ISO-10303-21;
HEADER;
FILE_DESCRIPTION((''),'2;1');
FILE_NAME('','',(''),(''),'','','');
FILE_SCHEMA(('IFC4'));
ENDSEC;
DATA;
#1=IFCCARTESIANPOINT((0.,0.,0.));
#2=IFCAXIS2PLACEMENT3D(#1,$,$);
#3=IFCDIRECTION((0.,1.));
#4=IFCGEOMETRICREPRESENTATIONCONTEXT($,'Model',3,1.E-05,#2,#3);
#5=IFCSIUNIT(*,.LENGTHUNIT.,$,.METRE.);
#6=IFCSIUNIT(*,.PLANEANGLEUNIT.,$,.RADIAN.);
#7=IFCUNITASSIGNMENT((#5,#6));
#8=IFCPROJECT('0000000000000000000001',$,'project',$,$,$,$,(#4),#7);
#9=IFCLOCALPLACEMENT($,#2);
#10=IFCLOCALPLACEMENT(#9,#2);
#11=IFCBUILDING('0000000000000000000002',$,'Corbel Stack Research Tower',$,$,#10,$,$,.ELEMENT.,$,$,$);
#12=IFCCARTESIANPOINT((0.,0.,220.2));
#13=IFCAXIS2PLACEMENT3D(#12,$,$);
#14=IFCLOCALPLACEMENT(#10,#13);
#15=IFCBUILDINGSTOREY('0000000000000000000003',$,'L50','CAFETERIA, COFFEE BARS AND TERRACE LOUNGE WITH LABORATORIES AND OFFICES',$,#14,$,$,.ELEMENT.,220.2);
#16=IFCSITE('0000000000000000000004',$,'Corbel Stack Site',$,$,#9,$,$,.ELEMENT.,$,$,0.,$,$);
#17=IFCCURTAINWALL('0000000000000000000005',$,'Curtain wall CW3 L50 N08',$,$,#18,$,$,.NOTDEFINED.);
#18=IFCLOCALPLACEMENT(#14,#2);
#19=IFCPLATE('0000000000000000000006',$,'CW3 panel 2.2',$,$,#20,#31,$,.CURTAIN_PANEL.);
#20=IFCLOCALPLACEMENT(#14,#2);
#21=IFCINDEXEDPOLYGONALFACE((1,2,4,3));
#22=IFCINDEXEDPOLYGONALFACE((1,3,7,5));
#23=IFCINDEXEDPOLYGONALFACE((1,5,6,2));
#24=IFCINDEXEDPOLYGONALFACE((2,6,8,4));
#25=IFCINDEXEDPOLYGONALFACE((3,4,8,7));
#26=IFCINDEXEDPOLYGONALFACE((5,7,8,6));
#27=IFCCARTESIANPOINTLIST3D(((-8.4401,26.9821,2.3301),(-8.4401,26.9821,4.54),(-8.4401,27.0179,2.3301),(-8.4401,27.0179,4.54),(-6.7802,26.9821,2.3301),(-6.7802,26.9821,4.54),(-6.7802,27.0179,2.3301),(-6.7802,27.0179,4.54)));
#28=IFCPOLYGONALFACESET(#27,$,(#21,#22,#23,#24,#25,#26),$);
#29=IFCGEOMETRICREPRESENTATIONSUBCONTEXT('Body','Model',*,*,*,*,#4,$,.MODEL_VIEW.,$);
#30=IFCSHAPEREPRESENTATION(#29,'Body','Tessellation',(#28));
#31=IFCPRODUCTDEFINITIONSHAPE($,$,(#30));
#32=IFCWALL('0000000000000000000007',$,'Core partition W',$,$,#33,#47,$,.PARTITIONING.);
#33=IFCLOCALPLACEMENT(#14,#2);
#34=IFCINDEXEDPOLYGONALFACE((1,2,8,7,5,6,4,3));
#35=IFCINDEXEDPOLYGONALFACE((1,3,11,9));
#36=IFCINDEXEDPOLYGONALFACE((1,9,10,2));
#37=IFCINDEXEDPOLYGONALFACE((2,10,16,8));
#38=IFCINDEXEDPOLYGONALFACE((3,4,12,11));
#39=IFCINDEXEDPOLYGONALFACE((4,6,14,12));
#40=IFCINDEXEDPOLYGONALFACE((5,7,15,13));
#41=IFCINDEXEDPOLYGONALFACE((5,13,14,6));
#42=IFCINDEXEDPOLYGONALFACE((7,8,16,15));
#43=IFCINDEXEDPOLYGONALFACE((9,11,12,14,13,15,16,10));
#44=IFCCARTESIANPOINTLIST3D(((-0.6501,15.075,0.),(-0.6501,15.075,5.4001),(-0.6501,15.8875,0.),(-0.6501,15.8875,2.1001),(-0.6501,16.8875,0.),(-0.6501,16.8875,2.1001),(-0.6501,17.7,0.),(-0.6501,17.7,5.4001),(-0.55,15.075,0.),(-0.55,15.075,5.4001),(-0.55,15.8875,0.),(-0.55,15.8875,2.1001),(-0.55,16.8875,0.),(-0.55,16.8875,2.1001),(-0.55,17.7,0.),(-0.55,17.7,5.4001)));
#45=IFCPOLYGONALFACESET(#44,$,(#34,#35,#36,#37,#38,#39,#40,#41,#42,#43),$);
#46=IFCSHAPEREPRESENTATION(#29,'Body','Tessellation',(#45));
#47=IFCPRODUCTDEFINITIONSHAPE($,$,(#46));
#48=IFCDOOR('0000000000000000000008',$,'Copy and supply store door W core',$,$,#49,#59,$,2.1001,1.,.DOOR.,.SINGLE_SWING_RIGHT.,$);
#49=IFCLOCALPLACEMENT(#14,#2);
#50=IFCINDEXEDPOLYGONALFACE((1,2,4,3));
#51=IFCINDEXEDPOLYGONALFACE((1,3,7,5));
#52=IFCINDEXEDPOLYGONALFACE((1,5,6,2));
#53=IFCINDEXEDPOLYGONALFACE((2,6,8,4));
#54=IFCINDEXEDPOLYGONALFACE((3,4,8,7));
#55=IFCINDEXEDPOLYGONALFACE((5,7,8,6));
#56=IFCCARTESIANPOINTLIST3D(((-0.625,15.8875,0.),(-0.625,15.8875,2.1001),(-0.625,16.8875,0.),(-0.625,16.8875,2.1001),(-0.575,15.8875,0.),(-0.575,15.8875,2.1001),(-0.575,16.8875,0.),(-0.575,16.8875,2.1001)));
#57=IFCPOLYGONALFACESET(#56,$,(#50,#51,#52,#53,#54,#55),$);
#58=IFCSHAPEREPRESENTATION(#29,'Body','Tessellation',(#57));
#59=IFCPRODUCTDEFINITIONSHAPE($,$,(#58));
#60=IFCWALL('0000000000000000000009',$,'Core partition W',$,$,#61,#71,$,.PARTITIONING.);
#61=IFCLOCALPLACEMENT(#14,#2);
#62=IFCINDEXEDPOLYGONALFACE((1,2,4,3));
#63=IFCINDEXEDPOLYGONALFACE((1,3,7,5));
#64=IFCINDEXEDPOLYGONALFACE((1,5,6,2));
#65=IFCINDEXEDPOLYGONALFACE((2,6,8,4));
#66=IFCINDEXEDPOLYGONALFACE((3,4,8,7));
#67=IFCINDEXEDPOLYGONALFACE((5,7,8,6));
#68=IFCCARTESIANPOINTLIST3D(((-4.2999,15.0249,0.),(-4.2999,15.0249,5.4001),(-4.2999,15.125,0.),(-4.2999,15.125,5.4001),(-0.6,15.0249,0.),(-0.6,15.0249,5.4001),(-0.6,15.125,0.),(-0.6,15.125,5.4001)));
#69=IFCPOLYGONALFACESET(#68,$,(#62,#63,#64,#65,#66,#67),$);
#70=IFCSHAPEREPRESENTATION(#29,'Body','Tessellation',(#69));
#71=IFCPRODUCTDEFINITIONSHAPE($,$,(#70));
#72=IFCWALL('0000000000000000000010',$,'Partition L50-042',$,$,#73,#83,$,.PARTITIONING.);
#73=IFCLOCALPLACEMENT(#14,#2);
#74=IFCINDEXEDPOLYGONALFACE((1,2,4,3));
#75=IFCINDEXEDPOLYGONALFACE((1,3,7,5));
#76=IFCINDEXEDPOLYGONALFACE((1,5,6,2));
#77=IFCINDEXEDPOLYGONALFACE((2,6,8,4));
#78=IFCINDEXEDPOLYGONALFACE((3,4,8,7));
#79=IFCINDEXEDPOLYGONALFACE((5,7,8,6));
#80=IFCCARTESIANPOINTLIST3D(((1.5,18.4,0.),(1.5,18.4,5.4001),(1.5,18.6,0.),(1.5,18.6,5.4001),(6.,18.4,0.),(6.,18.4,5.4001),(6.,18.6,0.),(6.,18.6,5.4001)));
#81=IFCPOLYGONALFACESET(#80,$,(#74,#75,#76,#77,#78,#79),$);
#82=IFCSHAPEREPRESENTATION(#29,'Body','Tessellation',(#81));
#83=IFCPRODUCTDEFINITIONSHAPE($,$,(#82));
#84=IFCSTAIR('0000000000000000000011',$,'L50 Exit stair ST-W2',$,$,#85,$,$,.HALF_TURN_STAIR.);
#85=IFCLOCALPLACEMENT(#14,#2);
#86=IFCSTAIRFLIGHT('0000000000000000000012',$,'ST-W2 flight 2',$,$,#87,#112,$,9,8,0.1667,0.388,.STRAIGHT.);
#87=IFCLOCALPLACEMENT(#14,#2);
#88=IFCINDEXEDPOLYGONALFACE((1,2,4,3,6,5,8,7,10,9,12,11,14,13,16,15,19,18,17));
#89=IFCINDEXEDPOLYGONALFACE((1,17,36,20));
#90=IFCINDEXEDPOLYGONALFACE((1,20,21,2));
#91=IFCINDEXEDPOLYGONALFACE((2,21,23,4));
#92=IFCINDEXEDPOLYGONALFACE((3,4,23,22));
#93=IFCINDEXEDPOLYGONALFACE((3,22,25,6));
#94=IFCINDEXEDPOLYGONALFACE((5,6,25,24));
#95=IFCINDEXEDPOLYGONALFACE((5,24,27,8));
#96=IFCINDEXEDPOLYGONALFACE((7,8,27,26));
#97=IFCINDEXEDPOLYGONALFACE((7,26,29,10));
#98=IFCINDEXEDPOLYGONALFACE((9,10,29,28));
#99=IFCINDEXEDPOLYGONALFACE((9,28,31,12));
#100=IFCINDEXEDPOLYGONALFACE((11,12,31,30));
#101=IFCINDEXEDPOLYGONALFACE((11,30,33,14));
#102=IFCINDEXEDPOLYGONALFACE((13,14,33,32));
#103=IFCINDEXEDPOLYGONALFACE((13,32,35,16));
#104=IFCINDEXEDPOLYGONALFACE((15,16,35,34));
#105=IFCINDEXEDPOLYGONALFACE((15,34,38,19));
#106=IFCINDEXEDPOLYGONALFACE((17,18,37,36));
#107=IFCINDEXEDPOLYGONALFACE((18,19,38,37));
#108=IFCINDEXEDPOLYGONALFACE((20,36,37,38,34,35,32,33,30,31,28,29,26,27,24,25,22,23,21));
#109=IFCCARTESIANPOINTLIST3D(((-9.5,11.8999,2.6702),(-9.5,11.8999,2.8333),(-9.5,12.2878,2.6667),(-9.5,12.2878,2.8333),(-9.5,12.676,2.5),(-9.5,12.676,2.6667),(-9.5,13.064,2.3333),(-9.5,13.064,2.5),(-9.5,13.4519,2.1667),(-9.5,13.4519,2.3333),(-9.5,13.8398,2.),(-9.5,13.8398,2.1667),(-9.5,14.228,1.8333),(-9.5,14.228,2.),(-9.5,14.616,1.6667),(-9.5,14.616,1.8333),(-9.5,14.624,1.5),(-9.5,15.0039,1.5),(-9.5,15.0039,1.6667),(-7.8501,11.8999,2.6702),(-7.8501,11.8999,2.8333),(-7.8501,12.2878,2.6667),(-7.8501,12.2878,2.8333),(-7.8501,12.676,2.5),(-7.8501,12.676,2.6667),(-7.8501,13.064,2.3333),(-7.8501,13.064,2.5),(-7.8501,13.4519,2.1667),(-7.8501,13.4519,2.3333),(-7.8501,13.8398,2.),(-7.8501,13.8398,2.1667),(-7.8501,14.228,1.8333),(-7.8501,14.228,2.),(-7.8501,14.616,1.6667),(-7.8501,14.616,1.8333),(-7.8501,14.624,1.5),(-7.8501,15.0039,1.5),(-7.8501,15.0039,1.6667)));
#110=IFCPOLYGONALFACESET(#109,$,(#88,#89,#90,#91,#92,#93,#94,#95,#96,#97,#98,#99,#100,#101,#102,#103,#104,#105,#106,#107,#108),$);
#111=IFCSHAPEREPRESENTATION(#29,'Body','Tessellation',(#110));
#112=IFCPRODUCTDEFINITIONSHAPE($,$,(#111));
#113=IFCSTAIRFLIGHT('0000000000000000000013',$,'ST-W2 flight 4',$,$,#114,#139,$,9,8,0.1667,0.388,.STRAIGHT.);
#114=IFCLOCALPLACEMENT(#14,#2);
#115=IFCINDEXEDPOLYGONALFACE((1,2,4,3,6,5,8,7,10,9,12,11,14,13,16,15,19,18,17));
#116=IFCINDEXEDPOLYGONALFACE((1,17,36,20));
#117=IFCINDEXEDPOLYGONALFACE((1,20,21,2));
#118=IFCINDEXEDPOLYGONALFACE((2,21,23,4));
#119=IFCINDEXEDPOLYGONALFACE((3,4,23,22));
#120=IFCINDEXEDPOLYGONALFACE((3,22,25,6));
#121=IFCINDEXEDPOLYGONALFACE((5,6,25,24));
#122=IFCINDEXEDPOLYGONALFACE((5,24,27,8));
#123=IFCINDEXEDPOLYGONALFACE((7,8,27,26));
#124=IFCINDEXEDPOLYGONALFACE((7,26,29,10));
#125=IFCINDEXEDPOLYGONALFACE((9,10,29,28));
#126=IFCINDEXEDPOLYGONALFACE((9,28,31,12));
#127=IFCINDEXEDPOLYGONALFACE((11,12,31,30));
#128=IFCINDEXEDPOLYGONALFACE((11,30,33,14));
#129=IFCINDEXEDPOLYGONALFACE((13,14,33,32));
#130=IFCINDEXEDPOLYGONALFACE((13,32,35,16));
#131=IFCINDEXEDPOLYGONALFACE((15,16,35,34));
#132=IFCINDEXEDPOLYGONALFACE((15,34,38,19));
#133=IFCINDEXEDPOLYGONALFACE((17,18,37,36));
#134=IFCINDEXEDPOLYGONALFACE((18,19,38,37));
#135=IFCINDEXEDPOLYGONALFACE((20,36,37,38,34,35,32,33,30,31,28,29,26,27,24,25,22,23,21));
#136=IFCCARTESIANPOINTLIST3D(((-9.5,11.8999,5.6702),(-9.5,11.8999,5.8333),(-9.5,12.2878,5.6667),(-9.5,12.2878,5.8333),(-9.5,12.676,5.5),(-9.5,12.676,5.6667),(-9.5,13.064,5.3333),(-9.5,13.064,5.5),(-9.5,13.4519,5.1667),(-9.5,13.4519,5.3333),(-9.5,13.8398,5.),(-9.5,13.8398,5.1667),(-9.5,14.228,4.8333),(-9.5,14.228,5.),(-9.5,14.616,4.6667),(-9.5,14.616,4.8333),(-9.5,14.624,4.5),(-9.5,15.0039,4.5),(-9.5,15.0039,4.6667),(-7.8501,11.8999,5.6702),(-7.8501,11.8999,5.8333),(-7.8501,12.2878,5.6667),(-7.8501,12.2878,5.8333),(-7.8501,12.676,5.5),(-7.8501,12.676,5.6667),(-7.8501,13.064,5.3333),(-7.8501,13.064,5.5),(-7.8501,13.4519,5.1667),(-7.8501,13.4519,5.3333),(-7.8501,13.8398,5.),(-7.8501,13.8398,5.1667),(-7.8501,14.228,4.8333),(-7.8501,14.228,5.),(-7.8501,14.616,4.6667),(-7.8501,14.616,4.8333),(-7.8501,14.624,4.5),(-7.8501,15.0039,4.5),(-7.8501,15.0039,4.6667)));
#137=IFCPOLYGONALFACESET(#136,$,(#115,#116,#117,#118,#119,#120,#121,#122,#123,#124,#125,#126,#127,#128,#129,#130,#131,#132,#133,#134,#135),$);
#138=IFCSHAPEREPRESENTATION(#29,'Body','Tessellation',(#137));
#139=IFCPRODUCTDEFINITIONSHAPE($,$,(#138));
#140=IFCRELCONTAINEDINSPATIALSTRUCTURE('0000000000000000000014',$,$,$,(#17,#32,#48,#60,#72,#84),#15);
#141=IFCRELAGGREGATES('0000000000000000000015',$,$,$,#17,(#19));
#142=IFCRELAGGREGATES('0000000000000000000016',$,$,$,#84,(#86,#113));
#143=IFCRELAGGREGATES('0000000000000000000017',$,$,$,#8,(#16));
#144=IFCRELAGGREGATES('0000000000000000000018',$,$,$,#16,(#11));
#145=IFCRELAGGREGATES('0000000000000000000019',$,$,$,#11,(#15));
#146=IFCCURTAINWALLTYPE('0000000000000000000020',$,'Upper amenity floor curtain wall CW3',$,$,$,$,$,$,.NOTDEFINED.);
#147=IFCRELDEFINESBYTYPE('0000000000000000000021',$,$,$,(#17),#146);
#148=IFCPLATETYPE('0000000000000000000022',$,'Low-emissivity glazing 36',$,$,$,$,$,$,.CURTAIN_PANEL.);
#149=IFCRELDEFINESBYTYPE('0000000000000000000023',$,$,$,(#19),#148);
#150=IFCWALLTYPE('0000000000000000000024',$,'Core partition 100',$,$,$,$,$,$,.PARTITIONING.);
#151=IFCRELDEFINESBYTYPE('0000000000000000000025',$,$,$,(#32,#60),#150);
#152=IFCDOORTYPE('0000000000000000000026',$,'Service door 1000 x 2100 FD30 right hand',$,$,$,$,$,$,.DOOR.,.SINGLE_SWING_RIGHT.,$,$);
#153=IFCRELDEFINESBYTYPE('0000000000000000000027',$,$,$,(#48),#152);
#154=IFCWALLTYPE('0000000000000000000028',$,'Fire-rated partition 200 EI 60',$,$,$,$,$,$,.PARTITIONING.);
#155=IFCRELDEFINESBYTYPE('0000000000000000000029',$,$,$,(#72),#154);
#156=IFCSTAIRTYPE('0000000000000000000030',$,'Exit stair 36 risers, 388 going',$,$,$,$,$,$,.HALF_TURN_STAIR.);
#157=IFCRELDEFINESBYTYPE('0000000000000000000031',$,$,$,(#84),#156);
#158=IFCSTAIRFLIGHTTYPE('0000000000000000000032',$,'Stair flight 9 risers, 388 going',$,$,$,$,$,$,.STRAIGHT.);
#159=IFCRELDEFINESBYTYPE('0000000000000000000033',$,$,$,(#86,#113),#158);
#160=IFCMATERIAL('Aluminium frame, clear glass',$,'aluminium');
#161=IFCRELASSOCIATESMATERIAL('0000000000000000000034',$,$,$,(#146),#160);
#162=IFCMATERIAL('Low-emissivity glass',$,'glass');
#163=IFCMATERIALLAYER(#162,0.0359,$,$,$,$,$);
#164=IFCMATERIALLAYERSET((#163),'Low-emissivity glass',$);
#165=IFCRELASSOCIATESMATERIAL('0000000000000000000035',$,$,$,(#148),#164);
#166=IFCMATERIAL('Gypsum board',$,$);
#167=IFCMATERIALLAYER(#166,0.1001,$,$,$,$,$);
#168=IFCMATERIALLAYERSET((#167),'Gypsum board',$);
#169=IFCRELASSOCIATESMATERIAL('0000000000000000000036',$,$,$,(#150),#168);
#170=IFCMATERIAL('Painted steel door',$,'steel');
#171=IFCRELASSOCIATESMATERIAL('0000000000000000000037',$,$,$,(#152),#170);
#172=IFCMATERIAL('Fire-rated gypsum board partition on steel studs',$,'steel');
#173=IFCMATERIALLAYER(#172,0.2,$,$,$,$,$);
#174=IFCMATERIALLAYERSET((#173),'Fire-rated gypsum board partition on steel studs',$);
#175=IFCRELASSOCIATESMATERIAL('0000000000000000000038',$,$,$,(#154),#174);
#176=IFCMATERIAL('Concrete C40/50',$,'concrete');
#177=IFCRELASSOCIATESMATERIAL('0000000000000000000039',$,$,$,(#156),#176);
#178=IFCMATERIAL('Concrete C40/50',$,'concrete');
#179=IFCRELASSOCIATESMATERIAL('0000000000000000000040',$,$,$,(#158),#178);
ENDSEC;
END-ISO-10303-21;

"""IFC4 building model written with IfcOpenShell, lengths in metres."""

from ifc_helpers import new_model, si_unit, direction, frame, frame_2d, origin, origin_2d, place, context, subcontext, project, spatial, polyline, rectangle, outline, extrude, material, layer, layer_set, type_object, element, fill, aggregate, save


model = new_model("IFC4")

# Units and contexts
model_context = context("Model", 3, precision=1e-05, world=origin(), true_north=direction((0.0, 1.0)))
body_context = subcontext(model_context, "Body", "Model", "MODEL_VIEW")
ifc_project = project(units=[si_unit("LENGTHUNIT", "METRE"), si_unit("PLANEANGLEUNIT", "RADIAN")], contexts=[model_context])

# Site, building, storey
site_placement = place(None, origin())
site = spatial("IfcSite", under=ifc_project, at=site_placement, Name="Corbel Stack Site", CompositionType="ELEMENT", RefElevation=0.0)
building_placement = place(site_placement, origin())
building = spatial("IfcBuilding", under=site, at=building_placement, Name="Corbel Stack Research Tower", CompositionType="ELEMENT")
storey_placement = place(building_placement, frame((0.0, 0.0, 220.2)))
storey = spatial("IfcBuildingStorey", under=building, at=storey_placement, Name="L50", Description="CAFETERIA, COFFEE BARS AND TERRACE LOUNGE WITH LABORATORIES AND OFFICES", CompositionType="ELEMENT", Elevation=220.2)

# Curtain wall, plate
ifc_material_1 = material(Name="Aluminium frame, clear glass", Category="aluminium")
curtain_wall_type = type_object("IfcCurtainWallType", Name="Upper amenity floor curtain wall CW3", PredefinedType="NOTDEFINED", material=ifc_material_1)
curtain_wall_placement = place(storey_placement, origin())
curtain_wall = element("IfcCurtainWall", 1, at=curtain_wall_placement, inside=storey, type_object=curtain_wall_type, Name="Curtain wall CW3 L50 N08", PredefinedType="NOTDEFINED")
ifc_material_2 = material(Name="Low-emissivity glass", Category="glass")
ifc_layer_1 = layer(ifc_material_2, 0.0359)
ifc_layer_set_1 = layer_set([ifc_layer_1], Name="Low-emissivity glass")
plate_type = type_object("IfcPlateType", Name="Low-emissivity glazing 36", PredefinedType="CURTAIN_PANEL", material=ifc_layer_set_1)
plate_1_placement = place(storey_placement, frame((-7.6101, 27.0, 2.3301), z_axis=(0.0, 0.0, 1.0), x_axis=(-1.0, 0.0, 0.0)))
plate_1 = element("IfcPlate", 2, at=plate_1_placement, type_object=plate_type, Name="CW3 panel 2.2", PredefinedType="CURTAIN_PANEL", context=body_context, shape_type="SweptSolid", body=[
    extrude(rectangle(XDim=1.6599, YDim=0.0359, at=origin_2d()), origin(), (0.0, 0.0, 1.0), 2.21),
])
aggregate(curtain_wall, [plate_1])

# Wall, opening, door
ifc_material_3 = material(Name="Gypsum board")
ifc_layer_2 = layer(ifc_material_3, 0.1001)
ifc_layer_set_2 = layer_set([ifc_layer_2], Name="Gypsum board")
wall_type_1 = type_object("IfcWallType", Name="Core partition 100", PredefinedType="PARTITIONING", material=ifc_layer_set_2)
wall_1_placement = place(storey_placement, frame((-0.6001, 15.075, 0.0), z_axis=(0.0, 0.0, 1.0), x_axis=(0.0, 1.0, 0.0)))
wall_1 = element("IfcWall", 3, at=wall_1_placement, inside=storey, type_object=wall_type_1, Name="Core partition W", PredefinedType="PARTITIONING", context=body_context, shape_type="SweptSolid", body=[
    extrude(rectangle(XDim=2.625, YDim=0.1001, at=frame_2d((1.3125, 0.0))), origin(), (0.0, 0.0, 1.0), 5.4001),
])
opening_placement = place(wall_1_placement, frame((0.8125, 0.0, 0.0)))
opening = element("IfcOpeningElement", 4, at=opening_placement, cuts=wall_1, PredefinedType="OPENING", context=body_context, shape_type="SweptSolid", body=[
    extrude(rectangle(XDim=1.0, YDim=2.1001, at=frame_2d((0.5, 1.05))), frame((0.0, 0.0601, 0.0), z_axis=(0.0, -1.0, 0.0), x_axis=(1.0, 0.0, 0.0)), (0.0, 0.0, 1.0), 0.1201),
])
ifc_material_4 = material(Name="Painted steel door", Category="steel")
door_type = type_object("IfcDoorType", Name="Service door 1000 x 2100 FD30 right hand", OperationType="SINGLE_SWING_RIGHT", PredefinedType="DOOR", material=ifc_material_4)
door_placement = place(opening_placement, origin())
door = element("IfcDoor", 5, at=door_placement, inside=storey, type_object=door_type, Name="Copy and supply store door W core", OperationType="SINGLE_SWING_RIGHT", OverallHeight=2.1001, OverallWidth=1.0, PredefinedType="DOOR", context=body_context, shape_type="SweptSolid", body=[
    extrude(rectangle(XDim=1.0, YDim=2.1001, at=frame_2d((0.5, 1.05))), frame((0.0, 0.0249, 0.0), z_axis=(0.0, -1.0, 0.0), x_axis=(1.0, 0.0, 0.0)), (0.0, 0.0, 1.0), 0.05),
])
fill(opening, door)

# Walls
wall_2_placement = place(storey_placement, frame((-4.3, 15.075, 0.0), z_axis=(0.0, 0.0, 1.0), x_axis=(1.0, 0.0, 0.0)))
element("IfcWall", 6, at=wall_2_placement, inside=storey, type_object=wall_type_1, Name="Core partition W", PredefinedType="PARTITIONING", context=body_context, shape_type="SweptSolid", body=[
    extrude(rectangle(XDim=3.7, YDim=0.1001, at=frame_2d((1.8501, 0.0))), origin(), (0.0, 0.0, 1.0), 5.4001),
])
ifc_material_5 = material(Name="Fire-rated gypsum board partition on steel studs", Category="steel")
ifc_layer_3 = layer(ifc_material_5, 0.2)
ifc_layer_set_3 = layer_set([ifc_layer_3], Name="Fire-rated gypsum board partition on steel studs")
wall_type_2 = type_object("IfcWallType", Name="Fire-rated partition 200 EI 60", PredefinedType="PARTITIONING", material=ifc_layer_set_3)
wall_3_placement = place(storey_placement, frame((1.5, 18.5, 0.0), z_axis=(0.0, 0.0, 1.0), x_axis=(1.0, 0.0, 0.0)))
element("IfcWall", 7, at=wall_3_placement, inside=storey, type_object=wall_type_2, Name="Partition L50-042", PredefinedType="PARTITIONING", context=body_context, shape_type="SweptSolid", body=[
    extrude(rectangle(XDim=4.5, YDim=0.2, at=frame_2d((2.25, 0.0))), origin(), (0.0, 0.0, 1.0), 5.4001),
])

# Stair, stair flights
ifc_material_6 = material(Name="Concrete C40/50", Category="concrete")
stair_type = type_object("IfcStairType", Name="Exit stair 36 risers, 388 going", PredefinedType="HALF_TURN_STAIR", material=ifc_material_6)
stair_placement = place(storey_placement, origin())
stair = element("IfcStair", 8, at=stair_placement, inside=storey, type_object=stair_type, Name="L50 Exit stair ST-W2", PredefinedType="HALF_TURN_STAIR")
ifc_material_7 = material(Name="Concrete C40/50", Category="concrete")
stair_flight_type = type_object("IfcStairFlightType", Name="Stair flight 9 risers, 388 going", PredefinedType="STRAIGHT", material=ifc_material_7)
stair_flight_1_placement = place(storey_placement, frame((-8.675, 15.0039, 1.5), z_axis=(0.0, 0.0, 1.0), x_axis=(0.0, -1.0, 0.0)))
stair_flight_1 = element("IfcStairFlight", 9, at=stair_flight_1_placement, type_object=stair_flight_type, Name="ST-W2 flight 2", NumberOfRisers=9, NumberOfTreads=8, PredefinedType="STRAIGHT", RiserHeight=0.1667, TreadLength=0.388, context=body_context, shape_type="SweptSolid", body=[
    extrude(outline(polyline([(0.0, 0.0), (0.0, 0.1667), (0.3879, 0.1667), (0.3879, 0.3333), (0.7759, 0.3333), (0.7759, 0.5), (1.1641, 0.5), (1.1641, 0.6667), (1.552, 0.6667), (1.552, 0.8333), (1.9399, 0.8333), (1.9399, 1.0), (2.3279, 1.0), (2.3279, 1.1667), (2.7161, 1.1667), (2.7161, 1.3333), (3.104, 1.3333), (3.104, 1.5), (3.104, 1.1702), (0.3799, 0.0), (0.0, 0.0)])), frame((0.0, 0.825, 0.0), z_axis=(0.0, -1.0, 0.0), x_axis=(1.0, 0.0, 0.0)), (0.0, 0.0, 1.0), 1.6499),
])
stair_flight_2_placement = place(storey_placement, frame((-8.675, 15.0039, 4.5), z_axis=(0.0, 0.0, 1.0), x_axis=(0.0, -1.0, 0.0)))
stair_flight_2 = element("IfcStairFlight", 10, at=stair_flight_2_placement, type_object=stair_flight_type, Name="ST-W2 flight 4", NumberOfRisers=9, NumberOfTreads=8, PredefinedType="STRAIGHT", RiserHeight=0.1667, TreadLength=0.388, context=body_context, shape_type="SweptSolid", body=[
    extrude(outline(polyline([(0.0, 0.0), (0.0, 0.1667), (0.3879, 0.1667), (0.3879, 0.3333), (0.7759, 0.3333), (0.7759, 0.5), (1.1641, 0.5), (1.1641, 0.6667), (1.552, 0.6667), (1.552, 0.8333), (1.9399, 0.8333), (1.9399, 1.0), (2.3279, 1.0), (2.3279, 1.1667), (2.7161, 1.1667), (2.7161, 1.3333), (3.104, 1.3333), (3.104, 1.5), (3.104, 1.1702), (0.3799, 0.0), (0.0, 0.0)])), frame((0.0, 0.825, 0.0), z_axis=(0.0, -1.0, 0.0), x_axis=(1.0, 0.0, 0.0)), (0.0, 0.0, 1.0), 1.6499),
])
aggregate(stair, [stair_flight_1, stair_flight_2])

save(model, "model.ifc")
